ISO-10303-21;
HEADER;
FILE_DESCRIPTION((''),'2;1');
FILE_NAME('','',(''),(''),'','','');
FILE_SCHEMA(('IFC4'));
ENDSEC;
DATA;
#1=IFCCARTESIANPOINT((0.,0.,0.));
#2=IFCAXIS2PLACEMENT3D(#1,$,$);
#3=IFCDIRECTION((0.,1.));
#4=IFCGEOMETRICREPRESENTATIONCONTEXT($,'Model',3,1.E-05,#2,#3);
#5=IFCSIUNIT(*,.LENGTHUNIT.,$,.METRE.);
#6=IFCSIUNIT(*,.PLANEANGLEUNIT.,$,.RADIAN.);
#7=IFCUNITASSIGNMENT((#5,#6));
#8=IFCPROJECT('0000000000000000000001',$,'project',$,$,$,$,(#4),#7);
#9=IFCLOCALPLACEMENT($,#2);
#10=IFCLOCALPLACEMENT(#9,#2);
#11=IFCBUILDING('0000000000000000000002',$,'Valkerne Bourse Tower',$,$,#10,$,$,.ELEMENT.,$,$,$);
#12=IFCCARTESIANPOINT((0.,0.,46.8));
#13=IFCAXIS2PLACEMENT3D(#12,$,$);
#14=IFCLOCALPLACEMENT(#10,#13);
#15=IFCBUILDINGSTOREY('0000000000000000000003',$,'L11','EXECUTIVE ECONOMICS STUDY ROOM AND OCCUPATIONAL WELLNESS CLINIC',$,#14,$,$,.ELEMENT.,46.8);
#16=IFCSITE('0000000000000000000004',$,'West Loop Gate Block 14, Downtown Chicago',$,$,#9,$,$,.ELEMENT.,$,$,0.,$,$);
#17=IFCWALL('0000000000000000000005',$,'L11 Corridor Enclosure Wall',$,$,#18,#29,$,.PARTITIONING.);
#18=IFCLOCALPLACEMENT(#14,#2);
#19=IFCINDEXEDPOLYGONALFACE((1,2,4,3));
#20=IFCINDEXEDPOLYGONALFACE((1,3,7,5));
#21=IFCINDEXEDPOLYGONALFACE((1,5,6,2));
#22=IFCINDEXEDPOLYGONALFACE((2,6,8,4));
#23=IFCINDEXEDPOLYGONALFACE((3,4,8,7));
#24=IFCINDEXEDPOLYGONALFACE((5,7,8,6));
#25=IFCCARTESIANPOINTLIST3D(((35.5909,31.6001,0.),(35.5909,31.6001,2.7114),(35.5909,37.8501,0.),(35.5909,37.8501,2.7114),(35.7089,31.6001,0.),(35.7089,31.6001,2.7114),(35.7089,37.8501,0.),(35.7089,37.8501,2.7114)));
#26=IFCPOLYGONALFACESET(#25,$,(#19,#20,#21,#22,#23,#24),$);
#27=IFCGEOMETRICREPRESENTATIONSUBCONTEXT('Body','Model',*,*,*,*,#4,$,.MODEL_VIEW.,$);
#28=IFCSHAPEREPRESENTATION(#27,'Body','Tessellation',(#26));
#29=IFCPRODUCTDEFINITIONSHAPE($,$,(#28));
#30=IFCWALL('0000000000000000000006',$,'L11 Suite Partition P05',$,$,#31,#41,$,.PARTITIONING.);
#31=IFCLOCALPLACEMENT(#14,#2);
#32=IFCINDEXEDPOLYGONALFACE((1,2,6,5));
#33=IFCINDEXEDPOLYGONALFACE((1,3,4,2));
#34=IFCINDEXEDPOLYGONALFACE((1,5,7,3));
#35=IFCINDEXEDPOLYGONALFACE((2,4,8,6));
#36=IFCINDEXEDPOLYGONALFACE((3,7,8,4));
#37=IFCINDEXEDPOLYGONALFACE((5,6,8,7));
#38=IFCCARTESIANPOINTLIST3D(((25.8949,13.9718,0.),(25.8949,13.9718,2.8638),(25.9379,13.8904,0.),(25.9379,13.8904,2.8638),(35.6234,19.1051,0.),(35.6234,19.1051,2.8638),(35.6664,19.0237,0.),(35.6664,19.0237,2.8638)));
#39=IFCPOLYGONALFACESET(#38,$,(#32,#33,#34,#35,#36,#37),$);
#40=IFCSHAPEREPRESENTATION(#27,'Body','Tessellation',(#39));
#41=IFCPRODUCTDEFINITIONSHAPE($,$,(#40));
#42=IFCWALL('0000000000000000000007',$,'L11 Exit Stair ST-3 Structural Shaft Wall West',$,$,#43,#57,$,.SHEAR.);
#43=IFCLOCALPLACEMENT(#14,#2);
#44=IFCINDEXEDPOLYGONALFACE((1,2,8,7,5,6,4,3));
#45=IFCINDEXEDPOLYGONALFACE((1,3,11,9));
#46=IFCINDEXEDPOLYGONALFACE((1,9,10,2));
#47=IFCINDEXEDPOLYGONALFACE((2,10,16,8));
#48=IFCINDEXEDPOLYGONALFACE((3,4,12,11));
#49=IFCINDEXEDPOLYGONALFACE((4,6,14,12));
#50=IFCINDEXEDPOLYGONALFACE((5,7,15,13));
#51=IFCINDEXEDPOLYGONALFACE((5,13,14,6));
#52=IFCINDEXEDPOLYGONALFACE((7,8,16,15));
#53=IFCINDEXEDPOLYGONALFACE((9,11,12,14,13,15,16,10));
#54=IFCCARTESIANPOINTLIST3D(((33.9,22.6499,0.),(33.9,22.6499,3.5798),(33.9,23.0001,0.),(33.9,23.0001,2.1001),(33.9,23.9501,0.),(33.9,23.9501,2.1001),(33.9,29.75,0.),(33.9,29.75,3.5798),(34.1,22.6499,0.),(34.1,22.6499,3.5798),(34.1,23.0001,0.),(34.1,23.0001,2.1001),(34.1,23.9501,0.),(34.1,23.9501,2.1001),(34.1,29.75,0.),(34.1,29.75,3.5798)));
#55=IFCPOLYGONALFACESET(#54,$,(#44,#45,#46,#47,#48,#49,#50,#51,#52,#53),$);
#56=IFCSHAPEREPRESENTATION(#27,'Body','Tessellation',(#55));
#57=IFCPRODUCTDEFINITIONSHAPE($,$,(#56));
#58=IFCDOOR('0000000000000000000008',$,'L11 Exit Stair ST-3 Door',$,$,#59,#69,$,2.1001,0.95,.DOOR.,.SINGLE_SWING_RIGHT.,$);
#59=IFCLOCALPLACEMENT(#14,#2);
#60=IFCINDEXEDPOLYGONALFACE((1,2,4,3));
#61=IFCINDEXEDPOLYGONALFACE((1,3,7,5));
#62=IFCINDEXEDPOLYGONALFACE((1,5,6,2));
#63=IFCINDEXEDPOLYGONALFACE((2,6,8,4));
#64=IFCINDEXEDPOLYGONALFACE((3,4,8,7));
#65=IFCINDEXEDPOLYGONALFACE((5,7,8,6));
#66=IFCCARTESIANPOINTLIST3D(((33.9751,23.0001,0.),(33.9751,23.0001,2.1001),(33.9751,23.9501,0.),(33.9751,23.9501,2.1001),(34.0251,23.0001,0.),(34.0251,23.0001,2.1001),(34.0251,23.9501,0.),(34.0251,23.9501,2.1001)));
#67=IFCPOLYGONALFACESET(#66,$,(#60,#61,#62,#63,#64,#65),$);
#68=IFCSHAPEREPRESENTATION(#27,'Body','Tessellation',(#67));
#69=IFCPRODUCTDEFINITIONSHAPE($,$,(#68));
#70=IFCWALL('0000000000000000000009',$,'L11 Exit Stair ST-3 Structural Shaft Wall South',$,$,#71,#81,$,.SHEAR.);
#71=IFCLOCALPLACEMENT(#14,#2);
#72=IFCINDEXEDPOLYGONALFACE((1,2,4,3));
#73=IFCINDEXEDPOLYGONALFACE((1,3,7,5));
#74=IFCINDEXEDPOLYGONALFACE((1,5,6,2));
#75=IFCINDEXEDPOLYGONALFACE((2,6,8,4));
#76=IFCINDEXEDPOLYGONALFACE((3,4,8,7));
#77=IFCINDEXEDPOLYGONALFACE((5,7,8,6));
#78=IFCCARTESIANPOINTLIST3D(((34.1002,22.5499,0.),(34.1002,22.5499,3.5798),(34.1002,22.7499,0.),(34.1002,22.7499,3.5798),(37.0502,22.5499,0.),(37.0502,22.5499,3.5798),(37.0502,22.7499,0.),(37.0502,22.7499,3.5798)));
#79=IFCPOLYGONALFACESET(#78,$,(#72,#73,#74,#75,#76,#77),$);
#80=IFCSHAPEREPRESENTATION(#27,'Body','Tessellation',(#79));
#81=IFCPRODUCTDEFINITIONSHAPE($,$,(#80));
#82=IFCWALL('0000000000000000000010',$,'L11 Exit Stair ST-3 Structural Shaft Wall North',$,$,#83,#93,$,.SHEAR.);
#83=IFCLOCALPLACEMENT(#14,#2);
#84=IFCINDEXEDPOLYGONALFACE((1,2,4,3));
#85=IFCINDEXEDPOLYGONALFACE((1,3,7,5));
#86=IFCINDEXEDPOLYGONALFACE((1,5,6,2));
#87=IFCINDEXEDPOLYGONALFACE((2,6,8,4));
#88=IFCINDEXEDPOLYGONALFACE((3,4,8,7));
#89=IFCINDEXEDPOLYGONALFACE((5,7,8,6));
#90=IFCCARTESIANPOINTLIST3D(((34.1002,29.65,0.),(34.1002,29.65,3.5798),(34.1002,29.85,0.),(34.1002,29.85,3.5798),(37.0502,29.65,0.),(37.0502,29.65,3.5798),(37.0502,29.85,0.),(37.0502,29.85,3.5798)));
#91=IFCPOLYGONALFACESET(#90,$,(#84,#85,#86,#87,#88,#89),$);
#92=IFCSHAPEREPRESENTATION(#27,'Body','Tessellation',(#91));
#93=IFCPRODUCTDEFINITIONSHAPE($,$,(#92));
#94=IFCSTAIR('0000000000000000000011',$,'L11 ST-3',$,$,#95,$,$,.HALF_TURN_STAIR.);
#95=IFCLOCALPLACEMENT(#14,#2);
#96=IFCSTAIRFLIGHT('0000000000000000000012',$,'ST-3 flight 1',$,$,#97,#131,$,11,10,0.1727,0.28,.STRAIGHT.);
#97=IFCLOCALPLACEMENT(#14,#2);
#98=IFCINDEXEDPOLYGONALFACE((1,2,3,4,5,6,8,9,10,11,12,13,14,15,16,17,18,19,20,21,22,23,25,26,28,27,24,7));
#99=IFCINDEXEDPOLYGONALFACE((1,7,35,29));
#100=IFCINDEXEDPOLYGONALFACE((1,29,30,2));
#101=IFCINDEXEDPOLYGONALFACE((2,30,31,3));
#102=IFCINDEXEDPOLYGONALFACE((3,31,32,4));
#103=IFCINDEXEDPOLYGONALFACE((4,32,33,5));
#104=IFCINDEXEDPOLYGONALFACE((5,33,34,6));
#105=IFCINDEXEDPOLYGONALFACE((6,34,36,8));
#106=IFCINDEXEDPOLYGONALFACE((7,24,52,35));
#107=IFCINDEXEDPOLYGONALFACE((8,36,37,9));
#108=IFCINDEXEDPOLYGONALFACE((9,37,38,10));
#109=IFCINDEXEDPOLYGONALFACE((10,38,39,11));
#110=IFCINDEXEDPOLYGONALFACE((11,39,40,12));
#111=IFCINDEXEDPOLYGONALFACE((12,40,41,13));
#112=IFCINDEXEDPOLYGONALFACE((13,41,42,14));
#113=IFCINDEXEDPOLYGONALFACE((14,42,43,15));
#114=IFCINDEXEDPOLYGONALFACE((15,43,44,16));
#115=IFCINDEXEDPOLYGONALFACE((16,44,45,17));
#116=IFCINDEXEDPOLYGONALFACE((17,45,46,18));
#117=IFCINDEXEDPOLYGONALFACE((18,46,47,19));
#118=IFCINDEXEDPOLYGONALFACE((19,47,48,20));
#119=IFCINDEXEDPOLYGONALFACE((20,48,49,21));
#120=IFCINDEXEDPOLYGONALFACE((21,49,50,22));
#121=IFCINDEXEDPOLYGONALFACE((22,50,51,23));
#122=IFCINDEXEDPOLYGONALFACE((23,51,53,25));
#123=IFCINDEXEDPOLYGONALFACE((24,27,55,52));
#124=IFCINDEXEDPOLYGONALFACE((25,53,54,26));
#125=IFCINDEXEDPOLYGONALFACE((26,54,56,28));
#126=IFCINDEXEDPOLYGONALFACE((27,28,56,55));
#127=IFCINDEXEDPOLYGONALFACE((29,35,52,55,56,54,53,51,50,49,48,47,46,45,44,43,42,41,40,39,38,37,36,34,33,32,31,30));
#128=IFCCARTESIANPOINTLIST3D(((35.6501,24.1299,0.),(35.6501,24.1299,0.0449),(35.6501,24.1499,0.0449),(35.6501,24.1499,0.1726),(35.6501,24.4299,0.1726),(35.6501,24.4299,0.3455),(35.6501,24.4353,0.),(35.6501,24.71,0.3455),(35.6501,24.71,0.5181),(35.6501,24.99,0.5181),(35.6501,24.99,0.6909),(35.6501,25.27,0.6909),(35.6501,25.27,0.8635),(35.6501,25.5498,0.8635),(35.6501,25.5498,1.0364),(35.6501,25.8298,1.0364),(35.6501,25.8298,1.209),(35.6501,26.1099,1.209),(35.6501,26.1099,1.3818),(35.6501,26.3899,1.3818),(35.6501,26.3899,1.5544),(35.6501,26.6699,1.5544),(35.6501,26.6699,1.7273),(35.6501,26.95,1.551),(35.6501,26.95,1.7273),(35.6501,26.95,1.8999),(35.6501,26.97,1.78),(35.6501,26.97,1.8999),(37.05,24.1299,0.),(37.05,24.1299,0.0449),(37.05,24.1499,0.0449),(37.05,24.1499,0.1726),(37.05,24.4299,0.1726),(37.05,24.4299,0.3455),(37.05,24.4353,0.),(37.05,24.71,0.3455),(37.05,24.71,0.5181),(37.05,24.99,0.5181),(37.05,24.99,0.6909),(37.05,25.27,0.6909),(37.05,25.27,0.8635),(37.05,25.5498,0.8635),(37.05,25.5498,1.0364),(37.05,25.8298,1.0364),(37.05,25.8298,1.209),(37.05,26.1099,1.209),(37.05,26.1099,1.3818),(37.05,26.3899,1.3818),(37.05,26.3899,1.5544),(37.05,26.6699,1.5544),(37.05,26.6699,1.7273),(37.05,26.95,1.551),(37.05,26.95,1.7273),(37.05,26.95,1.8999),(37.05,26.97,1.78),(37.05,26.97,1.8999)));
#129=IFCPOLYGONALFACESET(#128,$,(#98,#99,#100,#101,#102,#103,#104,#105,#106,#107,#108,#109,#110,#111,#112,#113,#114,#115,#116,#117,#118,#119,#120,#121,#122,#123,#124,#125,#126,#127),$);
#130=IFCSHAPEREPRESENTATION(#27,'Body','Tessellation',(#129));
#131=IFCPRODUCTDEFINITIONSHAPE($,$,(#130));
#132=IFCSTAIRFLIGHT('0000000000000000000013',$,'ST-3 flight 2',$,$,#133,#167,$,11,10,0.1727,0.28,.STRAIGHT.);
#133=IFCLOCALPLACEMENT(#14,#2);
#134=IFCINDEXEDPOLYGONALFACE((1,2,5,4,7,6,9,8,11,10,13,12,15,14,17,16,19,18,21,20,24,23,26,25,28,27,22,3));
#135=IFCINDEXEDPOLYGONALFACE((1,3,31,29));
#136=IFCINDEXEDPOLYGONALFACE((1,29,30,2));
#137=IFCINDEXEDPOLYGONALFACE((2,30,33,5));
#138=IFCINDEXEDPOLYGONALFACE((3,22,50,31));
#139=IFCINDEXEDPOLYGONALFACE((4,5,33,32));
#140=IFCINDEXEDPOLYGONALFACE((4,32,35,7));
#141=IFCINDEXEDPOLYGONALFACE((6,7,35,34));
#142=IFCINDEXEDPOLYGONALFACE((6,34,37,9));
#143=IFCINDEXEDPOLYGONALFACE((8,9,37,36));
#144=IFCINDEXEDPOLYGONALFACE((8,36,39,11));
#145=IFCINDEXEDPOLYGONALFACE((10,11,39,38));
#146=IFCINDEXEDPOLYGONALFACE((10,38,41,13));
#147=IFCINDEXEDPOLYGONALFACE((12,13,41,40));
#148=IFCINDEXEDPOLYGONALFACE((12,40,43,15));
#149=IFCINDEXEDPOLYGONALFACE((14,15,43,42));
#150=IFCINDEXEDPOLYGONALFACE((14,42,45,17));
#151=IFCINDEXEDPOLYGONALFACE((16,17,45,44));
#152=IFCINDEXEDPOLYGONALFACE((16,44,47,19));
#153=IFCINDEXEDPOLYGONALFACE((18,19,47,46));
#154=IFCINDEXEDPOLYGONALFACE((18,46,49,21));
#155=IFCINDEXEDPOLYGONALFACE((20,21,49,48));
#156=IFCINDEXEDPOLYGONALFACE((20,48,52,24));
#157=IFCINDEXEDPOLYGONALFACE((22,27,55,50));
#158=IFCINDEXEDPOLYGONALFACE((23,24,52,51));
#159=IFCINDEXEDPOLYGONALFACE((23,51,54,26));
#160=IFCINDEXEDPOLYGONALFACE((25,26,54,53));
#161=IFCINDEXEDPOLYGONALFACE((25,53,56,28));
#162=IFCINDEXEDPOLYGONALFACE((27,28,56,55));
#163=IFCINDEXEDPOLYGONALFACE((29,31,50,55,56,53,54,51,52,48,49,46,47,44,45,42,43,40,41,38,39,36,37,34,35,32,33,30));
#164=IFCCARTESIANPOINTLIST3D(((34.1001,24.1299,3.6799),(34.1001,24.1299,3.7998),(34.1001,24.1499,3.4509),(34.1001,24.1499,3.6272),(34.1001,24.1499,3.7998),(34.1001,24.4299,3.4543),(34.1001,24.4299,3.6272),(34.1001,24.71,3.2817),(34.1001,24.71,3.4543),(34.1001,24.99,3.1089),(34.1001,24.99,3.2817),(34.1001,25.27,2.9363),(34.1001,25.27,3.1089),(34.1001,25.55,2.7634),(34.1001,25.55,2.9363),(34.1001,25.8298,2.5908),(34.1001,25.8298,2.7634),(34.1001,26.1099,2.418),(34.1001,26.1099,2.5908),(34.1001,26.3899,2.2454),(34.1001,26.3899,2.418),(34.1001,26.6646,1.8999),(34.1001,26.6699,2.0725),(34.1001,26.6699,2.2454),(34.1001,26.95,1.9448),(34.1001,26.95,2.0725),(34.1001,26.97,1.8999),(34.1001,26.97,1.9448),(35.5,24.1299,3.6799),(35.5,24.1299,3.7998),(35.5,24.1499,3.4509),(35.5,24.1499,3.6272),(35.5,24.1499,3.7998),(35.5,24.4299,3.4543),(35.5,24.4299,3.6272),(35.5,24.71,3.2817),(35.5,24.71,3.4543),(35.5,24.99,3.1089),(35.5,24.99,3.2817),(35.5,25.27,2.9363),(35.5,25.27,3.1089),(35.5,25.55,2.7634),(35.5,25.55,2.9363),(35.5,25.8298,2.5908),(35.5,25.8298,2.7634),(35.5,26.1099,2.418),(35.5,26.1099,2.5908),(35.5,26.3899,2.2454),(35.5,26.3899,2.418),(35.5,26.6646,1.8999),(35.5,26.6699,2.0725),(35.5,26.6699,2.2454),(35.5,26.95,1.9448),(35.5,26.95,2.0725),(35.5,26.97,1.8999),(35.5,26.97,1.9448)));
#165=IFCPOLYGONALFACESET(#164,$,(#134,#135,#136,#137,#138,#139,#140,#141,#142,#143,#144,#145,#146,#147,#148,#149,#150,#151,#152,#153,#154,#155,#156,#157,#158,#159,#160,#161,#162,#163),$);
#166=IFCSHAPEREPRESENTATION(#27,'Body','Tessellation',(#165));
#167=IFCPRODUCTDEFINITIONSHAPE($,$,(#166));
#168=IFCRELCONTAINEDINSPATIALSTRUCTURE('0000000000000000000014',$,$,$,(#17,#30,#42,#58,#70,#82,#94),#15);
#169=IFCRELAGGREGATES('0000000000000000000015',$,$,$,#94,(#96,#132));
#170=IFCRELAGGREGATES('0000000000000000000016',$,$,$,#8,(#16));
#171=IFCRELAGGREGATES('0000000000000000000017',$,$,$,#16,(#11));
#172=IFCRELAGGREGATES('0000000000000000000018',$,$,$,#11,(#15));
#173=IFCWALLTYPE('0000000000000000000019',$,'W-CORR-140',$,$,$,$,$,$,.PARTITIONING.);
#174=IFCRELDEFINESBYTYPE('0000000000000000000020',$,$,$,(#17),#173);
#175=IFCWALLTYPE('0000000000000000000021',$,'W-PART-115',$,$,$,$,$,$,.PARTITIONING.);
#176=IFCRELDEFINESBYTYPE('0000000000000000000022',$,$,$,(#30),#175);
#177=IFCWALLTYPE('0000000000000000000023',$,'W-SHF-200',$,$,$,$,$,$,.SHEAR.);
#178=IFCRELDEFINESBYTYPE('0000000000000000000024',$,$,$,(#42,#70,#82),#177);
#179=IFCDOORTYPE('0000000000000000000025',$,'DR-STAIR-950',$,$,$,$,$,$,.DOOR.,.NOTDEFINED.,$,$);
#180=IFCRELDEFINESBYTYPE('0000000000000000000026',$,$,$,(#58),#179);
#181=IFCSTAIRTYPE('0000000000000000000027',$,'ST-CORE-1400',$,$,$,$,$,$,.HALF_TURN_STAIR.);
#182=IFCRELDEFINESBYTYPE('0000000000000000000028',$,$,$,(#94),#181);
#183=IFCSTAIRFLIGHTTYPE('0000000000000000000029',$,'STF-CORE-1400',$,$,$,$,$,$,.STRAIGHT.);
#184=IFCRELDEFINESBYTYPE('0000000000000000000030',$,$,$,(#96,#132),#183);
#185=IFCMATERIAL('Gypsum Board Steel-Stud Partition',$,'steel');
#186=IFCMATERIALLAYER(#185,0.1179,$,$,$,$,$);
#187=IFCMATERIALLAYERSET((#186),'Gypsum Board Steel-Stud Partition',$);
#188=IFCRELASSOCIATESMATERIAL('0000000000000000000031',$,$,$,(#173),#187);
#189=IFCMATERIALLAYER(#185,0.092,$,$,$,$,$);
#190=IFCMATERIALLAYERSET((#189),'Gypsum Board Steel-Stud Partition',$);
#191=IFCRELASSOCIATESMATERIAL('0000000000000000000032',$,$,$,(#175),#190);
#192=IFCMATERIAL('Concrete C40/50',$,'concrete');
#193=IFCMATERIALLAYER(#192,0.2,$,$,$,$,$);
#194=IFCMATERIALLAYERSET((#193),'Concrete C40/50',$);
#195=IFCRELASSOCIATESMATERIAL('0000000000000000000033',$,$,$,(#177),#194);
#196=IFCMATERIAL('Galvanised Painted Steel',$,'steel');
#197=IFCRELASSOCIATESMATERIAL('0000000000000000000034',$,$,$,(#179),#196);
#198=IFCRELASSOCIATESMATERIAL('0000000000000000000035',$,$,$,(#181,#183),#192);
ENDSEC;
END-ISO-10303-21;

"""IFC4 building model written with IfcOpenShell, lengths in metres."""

from ifc_helpers import new_model, si_unit, direction, frame, frame_2d, origin, place, context, subcontext, project, spatial, polyline, rectangle, outline, extrude, material, layer, layer_set, type_object, element, fill, aggregate, save


model = new_model("IFC4")

# Units and contexts
model_context = context("Model", 3, precision=1e-05, world=origin(), true_north=direction((0.0, 1.0)))
body_context = subcontext(model_context, "Body", "Model", "MODEL_VIEW")
ifc_project = project(units=[si_unit("LENGTHUNIT", "METRE"), si_unit("PLANEANGLEUNIT", "RADIAN")], contexts=[model_context])

# Site, building, storey
site_placement = place(None, origin())
site = spatial("IfcSite", under=ifc_project, at=site_placement, Name="West Loop Gate Block 14, Downtown Chicago", CompositionType="ELEMENT", RefElevation=0.0)
building_placement = place(site_placement, origin())
building = spatial("IfcBuilding", under=site, at=building_placement, Name="Valkerne Bourse Tower", CompositionType="ELEMENT")
storey_placement = place(building_placement, frame((0.0, 0.0, 46.8)))
storey = spatial("IfcBuildingStorey", under=building, at=storey_placement, Name="L11", Description="EXECUTIVE ECONOMICS STUDY ROOM AND OCCUPATIONAL WELLNESS CLINIC", CompositionType="ELEMENT", Elevation=46.8)

# Walls
ifc_material_1 = material(Name="Gypsum Board Steel-Stud Partition", Category="steel")
ifc_layer_1 = layer(ifc_material_1, 0.1179)
ifc_layer_set_1 = layer_set([ifc_layer_1], Name="Gypsum Board Steel-Stud Partition")
wall_type_1 = type_object("IfcWallType", Name="W-CORR-140", PredefinedType="PARTITIONING", material=ifc_layer_set_1)
wall_1_placement = place(storey_placement, frame((35.6499, 31.6001, 0.0), z_axis=(0.0, 0.0, 1.0), x_axis=(0.0, 1.0, 0.0)))
element("IfcWall", 1, at=wall_1_placement, inside=storey, type_object=wall_type_1, Name="L11 Corridor Enclosure Wall", PredefinedType="PARTITIONING", context=body_context, shape_type="SweptSolid", body=[
    extrude(rectangle(XDim=6.25, YDim=0.1179, at=frame_2d((3.125, 0.0))), origin(), (0.0, 0.0, 1.0), 2.7114),
])
ifc_layer_2 = layer(ifc_material_1, 0.092)
ifc_layer_set_2 = layer_set([ifc_layer_2], Name="Gypsum Board Steel-Stud Partition")
wall_type_2 = type_object("IfcWallType", Name="W-PART-115", PredefinedType="PARTITIONING", material=ifc_layer_set_2)
wall_2_placement = place(storey_placement, frame((35.645, 19.0645, 0.0), z_axis=(0.0, 0.0, 1.0), x_axis=(-0.88443, -0.466674, 0.0)))
element("IfcWall", 2, at=wall_2_placement, inside=storey, type_object=wall_type_2, Name="L11 Suite Partition P05", PredefinedType="PARTITIONING", context=body_context, shape_type="SweptSolid", body=[
    extrude(rectangle(XDim=10.9998, YDim=0.092, at=frame_2d((5.5, 0.0))), origin(), (0.0, 0.0, 1.0), 2.8638),
])

# Wall, opening, door
ifc_material_2 = material(Name="Concrete C40/50", Category="concrete")
ifc_layer_3 = layer(ifc_material_2, 0.2)
ifc_layer_set_3 = layer_set([ifc_layer_3], Name="Concrete C40/50")
wall_type_3 = type_object("IfcWallType", Name="W-SHF-200", PredefinedType="SHEAR", material=ifc_layer_set_3)
wall_3_placement = place(storey_placement, frame((34.0, 22.6499, 0.0), z_axis=(0.0, 0.0, 1.0), x_axis=(0.0, 1.0, 0.0)))
wall_3 = element("IfcWall", 3, at=wall_3_placement, inside=storey, type_object=wall_type_3, Name="L11 Exit Stair ST-3 Structural Shaft Wall West", PredefinedType="SHEAR", context=body_context, shape_type="SweptSolid", body=[
    extrude(rectangle(XDim=7.1001, YDim=0.2, at=frame_2d((3.55, 0.0))), origin(), (0.0, 0.0, 1.0), 3.5798),
])
opening_placement = place(wall_3_placement, frame((0.3501, 0.0, 0.0)))
opening = element("IfcOpeningElement", 4, at=opening_placement, cuts=wall_3, PredefinedType="OPENING", context=body_context, shape_type="SweptSolid", body=[
    extrude(rectangle(XDim=0.95, YDim=2.1001, at=frame_2d((0.4751, 1.05))), frame((0.0, 0.1099, 0.0), z_axis=(0.0, -1.0, 0.0), x_axis=(1.0, 0.0, 0.0)), (0.0, 0.0, 1.0), 0.22),
])
ifc_material_3 = material(Name="Galvanised Painted Steel", Category="steel")
door_type = type_object("IfcDoorType", Name="DR-STAIR-950", OperationType="NOTDEFINED", PredefinedType="DOOR", material=ifc_material_3)
door_placement = place(opening_placement, origin())
door = element("IfcDoor", 5, at=door_placement, inside=storey, type_object=door_type, Name="L11 Exit Stair ST-3 Door", OperationType="SINGLE_SWING_RIGHT", OverallHeight=2.1001, OverallWidth=0.95, PredefinedType="DOOR", context=body_context, shape_type="SweptSolid", body=[
    extrude(rectangle(XDim=0.95, YDim=2.1001, at=frame_2d((0.4751, 1.05))), frame((0.0, 0.0249, 0.0), z_axis=(0.0, -1.0, 0.0), x_axis=(1.0, 0.0, 0.0)), (0.0, 0.0, 1.0), 0.05),
])
fill(opening, door)

# Walls
for number, where, z_axis, x_axis, name in (
    (6, (34.1001, 22.6499, 0.0), (0.0, 0.0, 1.0), (1.0, 0.0, 0.0), "L11 Exit Stair ST-3 Structural Shaft Wall South"),
    (7, (34.1001, 29.75, 0.0), (0.0, 0.0, 1.0), (1.0, 0.0, 0.0), "L11 Exit Stair ST-3 Structural Shaft Wall North"),
):
    element("IfcWall", number, at=place(storey_placement, frame(where, z_axis=z_axis, x_axis=x_axis)), inside=storey, type_object=wall_type_3, Name=name, PredefinedType="SHEAR", context=body_context, shape_type="SweptSolid", body=[
        extrude(rectangle(XDim=2.95, YDim=0.2, at=frame_2d((1.4751, 0.0))), origin(), (0.0, 0.0, 1.0), 3.5798),
    ])

# Stair, stair flights
stair_type = type_object("IfcStairType", Name="ST-CORE-1400", PredefinedType="HALF_TURN_STAIR", material=ifc_material_2)
stair_placement = place(storey_placement, origin())
stair = element("IfcStair", 8, at=stair_placement, inside=storey, type_object=stair_type, Name="L11 ST-3", PredefinedType="HALF_TURN_STAIR")
stair_flight_type = type_object("IfcStairFlightType", Name="STF-CORE-1400", PredefinedType="STRAIGHT", material=ifc_material_2)
stair_flight_1_placement = place(storey_placement, frame((36.3501, 24.1499, 0.0), z_axis=(0.0, 0.0, 1.0), x_axis=(0.0, 1.0, 0.0)))
stair_flight_1 = element("IfcStairFlight", 9, at=stair_flight_1_placement, type_object=stair_flight_type, Name="ST-3 flight 1", NumberOfRisers=11, NumberOfTreads=10, PredefinedType="STRAIGHT", RiserHeight=0.1727, TreadLength=0.28, context=body_context, shape_type="SweptSolid", body=[
    extrude(outline(polyline([(-0.02, 0.0), (-0.02, 0.0449), (0.0, 0.0449), (0.0, 0.1726), (0.28, 0.1726), (0.28, 0.3455), (0.5601, 0.3455), (0.5601, 0.5181), (0.8401, 0.5181), (0.8401, 0.6909), (1.1201, 0.6909), (1.1201, 0.8635), (1.3999, 0.8635), (1.3999, 1.0364), (1.6799, 1.0364), (1.6799, 1.209), (1.96, 1.209), (1.96, 1.3818), (2.24, 1.3818), (2.24, 1.5544), (2.52, 1.5544), (2.52, 1.7273), (2.8, 1.7273), (2.8, 1.8999), (2.8201, 1.8999), (2.8201, 1.78), (2.8, 1.551), (0.2854, 0.0), (-0.02, 0.0)])), frame((0.0, 0.7, 0.0), z_axis=(0.0, -1.0, 0.0), x_axis=(1.0, 0.0, 0.0)), (0.0, 0.0, 1.0), 1.3999),
])
stair_flight_2_placement = place(storey_placement, frame((34.8, 26.95, 1.8999), z_axis=(0.0, 0.0, 1.0), x_axis=(0.0, -1.0, 0.0)))
stair_flight_2 = element("IfcStairFlight", 10, at=stair_flight_2_placement, type_object=stair_flight_type, Name="ST-3 flight 2", NumberOfRisers=11, NumberOfTreads=10, PredefinedType="STRAIGHT", RiserHeight=0.1727, TreadLength=0.28, context=body_context, shape_type="SweptSolid", body=[
    extrude(outline(polyline([(-0.02, 0.0), (-0.02, 0.0449), (0.0, 0.0449), (0.0, 0.1726), (0.28, 0.1726), (0.28, 0.3455), (0.5601, 0.3455), (0.5601, 0.5181), (0.8401, 0.5181), (0.8401, 0.6909), (1.1201, 0.6909), (1.1201, 0.8635), (1.3999, 0.8635), (1.3999, 1.0364), (1.6799, 1.0364), (1.6799, 1.209), (1.96, 1.209), (1.96, 1.3818), (2.24, 1.3818), (2.24, 1.5544), (2.52, 1.5544), (2.52, 1.7273), (2.8, 1.7273), (2.8, 1.8999), (2.8201, 1.8999), (2.8201, 1.78), (2.8, 1.551), (0.2854, 0.0), (-0.02, 0.0)])), frame((0.0, 0.7, 0.0), z_axis=(0.0, -1.0, 0.0), x_axis=(1.0, 0.0, 0.0)), (0.0, 0.0, 1.0), 1.3999),
])
aggregate(stair, [stair_flight_1, stair_flight_2])

save(model, "model.ifc")
